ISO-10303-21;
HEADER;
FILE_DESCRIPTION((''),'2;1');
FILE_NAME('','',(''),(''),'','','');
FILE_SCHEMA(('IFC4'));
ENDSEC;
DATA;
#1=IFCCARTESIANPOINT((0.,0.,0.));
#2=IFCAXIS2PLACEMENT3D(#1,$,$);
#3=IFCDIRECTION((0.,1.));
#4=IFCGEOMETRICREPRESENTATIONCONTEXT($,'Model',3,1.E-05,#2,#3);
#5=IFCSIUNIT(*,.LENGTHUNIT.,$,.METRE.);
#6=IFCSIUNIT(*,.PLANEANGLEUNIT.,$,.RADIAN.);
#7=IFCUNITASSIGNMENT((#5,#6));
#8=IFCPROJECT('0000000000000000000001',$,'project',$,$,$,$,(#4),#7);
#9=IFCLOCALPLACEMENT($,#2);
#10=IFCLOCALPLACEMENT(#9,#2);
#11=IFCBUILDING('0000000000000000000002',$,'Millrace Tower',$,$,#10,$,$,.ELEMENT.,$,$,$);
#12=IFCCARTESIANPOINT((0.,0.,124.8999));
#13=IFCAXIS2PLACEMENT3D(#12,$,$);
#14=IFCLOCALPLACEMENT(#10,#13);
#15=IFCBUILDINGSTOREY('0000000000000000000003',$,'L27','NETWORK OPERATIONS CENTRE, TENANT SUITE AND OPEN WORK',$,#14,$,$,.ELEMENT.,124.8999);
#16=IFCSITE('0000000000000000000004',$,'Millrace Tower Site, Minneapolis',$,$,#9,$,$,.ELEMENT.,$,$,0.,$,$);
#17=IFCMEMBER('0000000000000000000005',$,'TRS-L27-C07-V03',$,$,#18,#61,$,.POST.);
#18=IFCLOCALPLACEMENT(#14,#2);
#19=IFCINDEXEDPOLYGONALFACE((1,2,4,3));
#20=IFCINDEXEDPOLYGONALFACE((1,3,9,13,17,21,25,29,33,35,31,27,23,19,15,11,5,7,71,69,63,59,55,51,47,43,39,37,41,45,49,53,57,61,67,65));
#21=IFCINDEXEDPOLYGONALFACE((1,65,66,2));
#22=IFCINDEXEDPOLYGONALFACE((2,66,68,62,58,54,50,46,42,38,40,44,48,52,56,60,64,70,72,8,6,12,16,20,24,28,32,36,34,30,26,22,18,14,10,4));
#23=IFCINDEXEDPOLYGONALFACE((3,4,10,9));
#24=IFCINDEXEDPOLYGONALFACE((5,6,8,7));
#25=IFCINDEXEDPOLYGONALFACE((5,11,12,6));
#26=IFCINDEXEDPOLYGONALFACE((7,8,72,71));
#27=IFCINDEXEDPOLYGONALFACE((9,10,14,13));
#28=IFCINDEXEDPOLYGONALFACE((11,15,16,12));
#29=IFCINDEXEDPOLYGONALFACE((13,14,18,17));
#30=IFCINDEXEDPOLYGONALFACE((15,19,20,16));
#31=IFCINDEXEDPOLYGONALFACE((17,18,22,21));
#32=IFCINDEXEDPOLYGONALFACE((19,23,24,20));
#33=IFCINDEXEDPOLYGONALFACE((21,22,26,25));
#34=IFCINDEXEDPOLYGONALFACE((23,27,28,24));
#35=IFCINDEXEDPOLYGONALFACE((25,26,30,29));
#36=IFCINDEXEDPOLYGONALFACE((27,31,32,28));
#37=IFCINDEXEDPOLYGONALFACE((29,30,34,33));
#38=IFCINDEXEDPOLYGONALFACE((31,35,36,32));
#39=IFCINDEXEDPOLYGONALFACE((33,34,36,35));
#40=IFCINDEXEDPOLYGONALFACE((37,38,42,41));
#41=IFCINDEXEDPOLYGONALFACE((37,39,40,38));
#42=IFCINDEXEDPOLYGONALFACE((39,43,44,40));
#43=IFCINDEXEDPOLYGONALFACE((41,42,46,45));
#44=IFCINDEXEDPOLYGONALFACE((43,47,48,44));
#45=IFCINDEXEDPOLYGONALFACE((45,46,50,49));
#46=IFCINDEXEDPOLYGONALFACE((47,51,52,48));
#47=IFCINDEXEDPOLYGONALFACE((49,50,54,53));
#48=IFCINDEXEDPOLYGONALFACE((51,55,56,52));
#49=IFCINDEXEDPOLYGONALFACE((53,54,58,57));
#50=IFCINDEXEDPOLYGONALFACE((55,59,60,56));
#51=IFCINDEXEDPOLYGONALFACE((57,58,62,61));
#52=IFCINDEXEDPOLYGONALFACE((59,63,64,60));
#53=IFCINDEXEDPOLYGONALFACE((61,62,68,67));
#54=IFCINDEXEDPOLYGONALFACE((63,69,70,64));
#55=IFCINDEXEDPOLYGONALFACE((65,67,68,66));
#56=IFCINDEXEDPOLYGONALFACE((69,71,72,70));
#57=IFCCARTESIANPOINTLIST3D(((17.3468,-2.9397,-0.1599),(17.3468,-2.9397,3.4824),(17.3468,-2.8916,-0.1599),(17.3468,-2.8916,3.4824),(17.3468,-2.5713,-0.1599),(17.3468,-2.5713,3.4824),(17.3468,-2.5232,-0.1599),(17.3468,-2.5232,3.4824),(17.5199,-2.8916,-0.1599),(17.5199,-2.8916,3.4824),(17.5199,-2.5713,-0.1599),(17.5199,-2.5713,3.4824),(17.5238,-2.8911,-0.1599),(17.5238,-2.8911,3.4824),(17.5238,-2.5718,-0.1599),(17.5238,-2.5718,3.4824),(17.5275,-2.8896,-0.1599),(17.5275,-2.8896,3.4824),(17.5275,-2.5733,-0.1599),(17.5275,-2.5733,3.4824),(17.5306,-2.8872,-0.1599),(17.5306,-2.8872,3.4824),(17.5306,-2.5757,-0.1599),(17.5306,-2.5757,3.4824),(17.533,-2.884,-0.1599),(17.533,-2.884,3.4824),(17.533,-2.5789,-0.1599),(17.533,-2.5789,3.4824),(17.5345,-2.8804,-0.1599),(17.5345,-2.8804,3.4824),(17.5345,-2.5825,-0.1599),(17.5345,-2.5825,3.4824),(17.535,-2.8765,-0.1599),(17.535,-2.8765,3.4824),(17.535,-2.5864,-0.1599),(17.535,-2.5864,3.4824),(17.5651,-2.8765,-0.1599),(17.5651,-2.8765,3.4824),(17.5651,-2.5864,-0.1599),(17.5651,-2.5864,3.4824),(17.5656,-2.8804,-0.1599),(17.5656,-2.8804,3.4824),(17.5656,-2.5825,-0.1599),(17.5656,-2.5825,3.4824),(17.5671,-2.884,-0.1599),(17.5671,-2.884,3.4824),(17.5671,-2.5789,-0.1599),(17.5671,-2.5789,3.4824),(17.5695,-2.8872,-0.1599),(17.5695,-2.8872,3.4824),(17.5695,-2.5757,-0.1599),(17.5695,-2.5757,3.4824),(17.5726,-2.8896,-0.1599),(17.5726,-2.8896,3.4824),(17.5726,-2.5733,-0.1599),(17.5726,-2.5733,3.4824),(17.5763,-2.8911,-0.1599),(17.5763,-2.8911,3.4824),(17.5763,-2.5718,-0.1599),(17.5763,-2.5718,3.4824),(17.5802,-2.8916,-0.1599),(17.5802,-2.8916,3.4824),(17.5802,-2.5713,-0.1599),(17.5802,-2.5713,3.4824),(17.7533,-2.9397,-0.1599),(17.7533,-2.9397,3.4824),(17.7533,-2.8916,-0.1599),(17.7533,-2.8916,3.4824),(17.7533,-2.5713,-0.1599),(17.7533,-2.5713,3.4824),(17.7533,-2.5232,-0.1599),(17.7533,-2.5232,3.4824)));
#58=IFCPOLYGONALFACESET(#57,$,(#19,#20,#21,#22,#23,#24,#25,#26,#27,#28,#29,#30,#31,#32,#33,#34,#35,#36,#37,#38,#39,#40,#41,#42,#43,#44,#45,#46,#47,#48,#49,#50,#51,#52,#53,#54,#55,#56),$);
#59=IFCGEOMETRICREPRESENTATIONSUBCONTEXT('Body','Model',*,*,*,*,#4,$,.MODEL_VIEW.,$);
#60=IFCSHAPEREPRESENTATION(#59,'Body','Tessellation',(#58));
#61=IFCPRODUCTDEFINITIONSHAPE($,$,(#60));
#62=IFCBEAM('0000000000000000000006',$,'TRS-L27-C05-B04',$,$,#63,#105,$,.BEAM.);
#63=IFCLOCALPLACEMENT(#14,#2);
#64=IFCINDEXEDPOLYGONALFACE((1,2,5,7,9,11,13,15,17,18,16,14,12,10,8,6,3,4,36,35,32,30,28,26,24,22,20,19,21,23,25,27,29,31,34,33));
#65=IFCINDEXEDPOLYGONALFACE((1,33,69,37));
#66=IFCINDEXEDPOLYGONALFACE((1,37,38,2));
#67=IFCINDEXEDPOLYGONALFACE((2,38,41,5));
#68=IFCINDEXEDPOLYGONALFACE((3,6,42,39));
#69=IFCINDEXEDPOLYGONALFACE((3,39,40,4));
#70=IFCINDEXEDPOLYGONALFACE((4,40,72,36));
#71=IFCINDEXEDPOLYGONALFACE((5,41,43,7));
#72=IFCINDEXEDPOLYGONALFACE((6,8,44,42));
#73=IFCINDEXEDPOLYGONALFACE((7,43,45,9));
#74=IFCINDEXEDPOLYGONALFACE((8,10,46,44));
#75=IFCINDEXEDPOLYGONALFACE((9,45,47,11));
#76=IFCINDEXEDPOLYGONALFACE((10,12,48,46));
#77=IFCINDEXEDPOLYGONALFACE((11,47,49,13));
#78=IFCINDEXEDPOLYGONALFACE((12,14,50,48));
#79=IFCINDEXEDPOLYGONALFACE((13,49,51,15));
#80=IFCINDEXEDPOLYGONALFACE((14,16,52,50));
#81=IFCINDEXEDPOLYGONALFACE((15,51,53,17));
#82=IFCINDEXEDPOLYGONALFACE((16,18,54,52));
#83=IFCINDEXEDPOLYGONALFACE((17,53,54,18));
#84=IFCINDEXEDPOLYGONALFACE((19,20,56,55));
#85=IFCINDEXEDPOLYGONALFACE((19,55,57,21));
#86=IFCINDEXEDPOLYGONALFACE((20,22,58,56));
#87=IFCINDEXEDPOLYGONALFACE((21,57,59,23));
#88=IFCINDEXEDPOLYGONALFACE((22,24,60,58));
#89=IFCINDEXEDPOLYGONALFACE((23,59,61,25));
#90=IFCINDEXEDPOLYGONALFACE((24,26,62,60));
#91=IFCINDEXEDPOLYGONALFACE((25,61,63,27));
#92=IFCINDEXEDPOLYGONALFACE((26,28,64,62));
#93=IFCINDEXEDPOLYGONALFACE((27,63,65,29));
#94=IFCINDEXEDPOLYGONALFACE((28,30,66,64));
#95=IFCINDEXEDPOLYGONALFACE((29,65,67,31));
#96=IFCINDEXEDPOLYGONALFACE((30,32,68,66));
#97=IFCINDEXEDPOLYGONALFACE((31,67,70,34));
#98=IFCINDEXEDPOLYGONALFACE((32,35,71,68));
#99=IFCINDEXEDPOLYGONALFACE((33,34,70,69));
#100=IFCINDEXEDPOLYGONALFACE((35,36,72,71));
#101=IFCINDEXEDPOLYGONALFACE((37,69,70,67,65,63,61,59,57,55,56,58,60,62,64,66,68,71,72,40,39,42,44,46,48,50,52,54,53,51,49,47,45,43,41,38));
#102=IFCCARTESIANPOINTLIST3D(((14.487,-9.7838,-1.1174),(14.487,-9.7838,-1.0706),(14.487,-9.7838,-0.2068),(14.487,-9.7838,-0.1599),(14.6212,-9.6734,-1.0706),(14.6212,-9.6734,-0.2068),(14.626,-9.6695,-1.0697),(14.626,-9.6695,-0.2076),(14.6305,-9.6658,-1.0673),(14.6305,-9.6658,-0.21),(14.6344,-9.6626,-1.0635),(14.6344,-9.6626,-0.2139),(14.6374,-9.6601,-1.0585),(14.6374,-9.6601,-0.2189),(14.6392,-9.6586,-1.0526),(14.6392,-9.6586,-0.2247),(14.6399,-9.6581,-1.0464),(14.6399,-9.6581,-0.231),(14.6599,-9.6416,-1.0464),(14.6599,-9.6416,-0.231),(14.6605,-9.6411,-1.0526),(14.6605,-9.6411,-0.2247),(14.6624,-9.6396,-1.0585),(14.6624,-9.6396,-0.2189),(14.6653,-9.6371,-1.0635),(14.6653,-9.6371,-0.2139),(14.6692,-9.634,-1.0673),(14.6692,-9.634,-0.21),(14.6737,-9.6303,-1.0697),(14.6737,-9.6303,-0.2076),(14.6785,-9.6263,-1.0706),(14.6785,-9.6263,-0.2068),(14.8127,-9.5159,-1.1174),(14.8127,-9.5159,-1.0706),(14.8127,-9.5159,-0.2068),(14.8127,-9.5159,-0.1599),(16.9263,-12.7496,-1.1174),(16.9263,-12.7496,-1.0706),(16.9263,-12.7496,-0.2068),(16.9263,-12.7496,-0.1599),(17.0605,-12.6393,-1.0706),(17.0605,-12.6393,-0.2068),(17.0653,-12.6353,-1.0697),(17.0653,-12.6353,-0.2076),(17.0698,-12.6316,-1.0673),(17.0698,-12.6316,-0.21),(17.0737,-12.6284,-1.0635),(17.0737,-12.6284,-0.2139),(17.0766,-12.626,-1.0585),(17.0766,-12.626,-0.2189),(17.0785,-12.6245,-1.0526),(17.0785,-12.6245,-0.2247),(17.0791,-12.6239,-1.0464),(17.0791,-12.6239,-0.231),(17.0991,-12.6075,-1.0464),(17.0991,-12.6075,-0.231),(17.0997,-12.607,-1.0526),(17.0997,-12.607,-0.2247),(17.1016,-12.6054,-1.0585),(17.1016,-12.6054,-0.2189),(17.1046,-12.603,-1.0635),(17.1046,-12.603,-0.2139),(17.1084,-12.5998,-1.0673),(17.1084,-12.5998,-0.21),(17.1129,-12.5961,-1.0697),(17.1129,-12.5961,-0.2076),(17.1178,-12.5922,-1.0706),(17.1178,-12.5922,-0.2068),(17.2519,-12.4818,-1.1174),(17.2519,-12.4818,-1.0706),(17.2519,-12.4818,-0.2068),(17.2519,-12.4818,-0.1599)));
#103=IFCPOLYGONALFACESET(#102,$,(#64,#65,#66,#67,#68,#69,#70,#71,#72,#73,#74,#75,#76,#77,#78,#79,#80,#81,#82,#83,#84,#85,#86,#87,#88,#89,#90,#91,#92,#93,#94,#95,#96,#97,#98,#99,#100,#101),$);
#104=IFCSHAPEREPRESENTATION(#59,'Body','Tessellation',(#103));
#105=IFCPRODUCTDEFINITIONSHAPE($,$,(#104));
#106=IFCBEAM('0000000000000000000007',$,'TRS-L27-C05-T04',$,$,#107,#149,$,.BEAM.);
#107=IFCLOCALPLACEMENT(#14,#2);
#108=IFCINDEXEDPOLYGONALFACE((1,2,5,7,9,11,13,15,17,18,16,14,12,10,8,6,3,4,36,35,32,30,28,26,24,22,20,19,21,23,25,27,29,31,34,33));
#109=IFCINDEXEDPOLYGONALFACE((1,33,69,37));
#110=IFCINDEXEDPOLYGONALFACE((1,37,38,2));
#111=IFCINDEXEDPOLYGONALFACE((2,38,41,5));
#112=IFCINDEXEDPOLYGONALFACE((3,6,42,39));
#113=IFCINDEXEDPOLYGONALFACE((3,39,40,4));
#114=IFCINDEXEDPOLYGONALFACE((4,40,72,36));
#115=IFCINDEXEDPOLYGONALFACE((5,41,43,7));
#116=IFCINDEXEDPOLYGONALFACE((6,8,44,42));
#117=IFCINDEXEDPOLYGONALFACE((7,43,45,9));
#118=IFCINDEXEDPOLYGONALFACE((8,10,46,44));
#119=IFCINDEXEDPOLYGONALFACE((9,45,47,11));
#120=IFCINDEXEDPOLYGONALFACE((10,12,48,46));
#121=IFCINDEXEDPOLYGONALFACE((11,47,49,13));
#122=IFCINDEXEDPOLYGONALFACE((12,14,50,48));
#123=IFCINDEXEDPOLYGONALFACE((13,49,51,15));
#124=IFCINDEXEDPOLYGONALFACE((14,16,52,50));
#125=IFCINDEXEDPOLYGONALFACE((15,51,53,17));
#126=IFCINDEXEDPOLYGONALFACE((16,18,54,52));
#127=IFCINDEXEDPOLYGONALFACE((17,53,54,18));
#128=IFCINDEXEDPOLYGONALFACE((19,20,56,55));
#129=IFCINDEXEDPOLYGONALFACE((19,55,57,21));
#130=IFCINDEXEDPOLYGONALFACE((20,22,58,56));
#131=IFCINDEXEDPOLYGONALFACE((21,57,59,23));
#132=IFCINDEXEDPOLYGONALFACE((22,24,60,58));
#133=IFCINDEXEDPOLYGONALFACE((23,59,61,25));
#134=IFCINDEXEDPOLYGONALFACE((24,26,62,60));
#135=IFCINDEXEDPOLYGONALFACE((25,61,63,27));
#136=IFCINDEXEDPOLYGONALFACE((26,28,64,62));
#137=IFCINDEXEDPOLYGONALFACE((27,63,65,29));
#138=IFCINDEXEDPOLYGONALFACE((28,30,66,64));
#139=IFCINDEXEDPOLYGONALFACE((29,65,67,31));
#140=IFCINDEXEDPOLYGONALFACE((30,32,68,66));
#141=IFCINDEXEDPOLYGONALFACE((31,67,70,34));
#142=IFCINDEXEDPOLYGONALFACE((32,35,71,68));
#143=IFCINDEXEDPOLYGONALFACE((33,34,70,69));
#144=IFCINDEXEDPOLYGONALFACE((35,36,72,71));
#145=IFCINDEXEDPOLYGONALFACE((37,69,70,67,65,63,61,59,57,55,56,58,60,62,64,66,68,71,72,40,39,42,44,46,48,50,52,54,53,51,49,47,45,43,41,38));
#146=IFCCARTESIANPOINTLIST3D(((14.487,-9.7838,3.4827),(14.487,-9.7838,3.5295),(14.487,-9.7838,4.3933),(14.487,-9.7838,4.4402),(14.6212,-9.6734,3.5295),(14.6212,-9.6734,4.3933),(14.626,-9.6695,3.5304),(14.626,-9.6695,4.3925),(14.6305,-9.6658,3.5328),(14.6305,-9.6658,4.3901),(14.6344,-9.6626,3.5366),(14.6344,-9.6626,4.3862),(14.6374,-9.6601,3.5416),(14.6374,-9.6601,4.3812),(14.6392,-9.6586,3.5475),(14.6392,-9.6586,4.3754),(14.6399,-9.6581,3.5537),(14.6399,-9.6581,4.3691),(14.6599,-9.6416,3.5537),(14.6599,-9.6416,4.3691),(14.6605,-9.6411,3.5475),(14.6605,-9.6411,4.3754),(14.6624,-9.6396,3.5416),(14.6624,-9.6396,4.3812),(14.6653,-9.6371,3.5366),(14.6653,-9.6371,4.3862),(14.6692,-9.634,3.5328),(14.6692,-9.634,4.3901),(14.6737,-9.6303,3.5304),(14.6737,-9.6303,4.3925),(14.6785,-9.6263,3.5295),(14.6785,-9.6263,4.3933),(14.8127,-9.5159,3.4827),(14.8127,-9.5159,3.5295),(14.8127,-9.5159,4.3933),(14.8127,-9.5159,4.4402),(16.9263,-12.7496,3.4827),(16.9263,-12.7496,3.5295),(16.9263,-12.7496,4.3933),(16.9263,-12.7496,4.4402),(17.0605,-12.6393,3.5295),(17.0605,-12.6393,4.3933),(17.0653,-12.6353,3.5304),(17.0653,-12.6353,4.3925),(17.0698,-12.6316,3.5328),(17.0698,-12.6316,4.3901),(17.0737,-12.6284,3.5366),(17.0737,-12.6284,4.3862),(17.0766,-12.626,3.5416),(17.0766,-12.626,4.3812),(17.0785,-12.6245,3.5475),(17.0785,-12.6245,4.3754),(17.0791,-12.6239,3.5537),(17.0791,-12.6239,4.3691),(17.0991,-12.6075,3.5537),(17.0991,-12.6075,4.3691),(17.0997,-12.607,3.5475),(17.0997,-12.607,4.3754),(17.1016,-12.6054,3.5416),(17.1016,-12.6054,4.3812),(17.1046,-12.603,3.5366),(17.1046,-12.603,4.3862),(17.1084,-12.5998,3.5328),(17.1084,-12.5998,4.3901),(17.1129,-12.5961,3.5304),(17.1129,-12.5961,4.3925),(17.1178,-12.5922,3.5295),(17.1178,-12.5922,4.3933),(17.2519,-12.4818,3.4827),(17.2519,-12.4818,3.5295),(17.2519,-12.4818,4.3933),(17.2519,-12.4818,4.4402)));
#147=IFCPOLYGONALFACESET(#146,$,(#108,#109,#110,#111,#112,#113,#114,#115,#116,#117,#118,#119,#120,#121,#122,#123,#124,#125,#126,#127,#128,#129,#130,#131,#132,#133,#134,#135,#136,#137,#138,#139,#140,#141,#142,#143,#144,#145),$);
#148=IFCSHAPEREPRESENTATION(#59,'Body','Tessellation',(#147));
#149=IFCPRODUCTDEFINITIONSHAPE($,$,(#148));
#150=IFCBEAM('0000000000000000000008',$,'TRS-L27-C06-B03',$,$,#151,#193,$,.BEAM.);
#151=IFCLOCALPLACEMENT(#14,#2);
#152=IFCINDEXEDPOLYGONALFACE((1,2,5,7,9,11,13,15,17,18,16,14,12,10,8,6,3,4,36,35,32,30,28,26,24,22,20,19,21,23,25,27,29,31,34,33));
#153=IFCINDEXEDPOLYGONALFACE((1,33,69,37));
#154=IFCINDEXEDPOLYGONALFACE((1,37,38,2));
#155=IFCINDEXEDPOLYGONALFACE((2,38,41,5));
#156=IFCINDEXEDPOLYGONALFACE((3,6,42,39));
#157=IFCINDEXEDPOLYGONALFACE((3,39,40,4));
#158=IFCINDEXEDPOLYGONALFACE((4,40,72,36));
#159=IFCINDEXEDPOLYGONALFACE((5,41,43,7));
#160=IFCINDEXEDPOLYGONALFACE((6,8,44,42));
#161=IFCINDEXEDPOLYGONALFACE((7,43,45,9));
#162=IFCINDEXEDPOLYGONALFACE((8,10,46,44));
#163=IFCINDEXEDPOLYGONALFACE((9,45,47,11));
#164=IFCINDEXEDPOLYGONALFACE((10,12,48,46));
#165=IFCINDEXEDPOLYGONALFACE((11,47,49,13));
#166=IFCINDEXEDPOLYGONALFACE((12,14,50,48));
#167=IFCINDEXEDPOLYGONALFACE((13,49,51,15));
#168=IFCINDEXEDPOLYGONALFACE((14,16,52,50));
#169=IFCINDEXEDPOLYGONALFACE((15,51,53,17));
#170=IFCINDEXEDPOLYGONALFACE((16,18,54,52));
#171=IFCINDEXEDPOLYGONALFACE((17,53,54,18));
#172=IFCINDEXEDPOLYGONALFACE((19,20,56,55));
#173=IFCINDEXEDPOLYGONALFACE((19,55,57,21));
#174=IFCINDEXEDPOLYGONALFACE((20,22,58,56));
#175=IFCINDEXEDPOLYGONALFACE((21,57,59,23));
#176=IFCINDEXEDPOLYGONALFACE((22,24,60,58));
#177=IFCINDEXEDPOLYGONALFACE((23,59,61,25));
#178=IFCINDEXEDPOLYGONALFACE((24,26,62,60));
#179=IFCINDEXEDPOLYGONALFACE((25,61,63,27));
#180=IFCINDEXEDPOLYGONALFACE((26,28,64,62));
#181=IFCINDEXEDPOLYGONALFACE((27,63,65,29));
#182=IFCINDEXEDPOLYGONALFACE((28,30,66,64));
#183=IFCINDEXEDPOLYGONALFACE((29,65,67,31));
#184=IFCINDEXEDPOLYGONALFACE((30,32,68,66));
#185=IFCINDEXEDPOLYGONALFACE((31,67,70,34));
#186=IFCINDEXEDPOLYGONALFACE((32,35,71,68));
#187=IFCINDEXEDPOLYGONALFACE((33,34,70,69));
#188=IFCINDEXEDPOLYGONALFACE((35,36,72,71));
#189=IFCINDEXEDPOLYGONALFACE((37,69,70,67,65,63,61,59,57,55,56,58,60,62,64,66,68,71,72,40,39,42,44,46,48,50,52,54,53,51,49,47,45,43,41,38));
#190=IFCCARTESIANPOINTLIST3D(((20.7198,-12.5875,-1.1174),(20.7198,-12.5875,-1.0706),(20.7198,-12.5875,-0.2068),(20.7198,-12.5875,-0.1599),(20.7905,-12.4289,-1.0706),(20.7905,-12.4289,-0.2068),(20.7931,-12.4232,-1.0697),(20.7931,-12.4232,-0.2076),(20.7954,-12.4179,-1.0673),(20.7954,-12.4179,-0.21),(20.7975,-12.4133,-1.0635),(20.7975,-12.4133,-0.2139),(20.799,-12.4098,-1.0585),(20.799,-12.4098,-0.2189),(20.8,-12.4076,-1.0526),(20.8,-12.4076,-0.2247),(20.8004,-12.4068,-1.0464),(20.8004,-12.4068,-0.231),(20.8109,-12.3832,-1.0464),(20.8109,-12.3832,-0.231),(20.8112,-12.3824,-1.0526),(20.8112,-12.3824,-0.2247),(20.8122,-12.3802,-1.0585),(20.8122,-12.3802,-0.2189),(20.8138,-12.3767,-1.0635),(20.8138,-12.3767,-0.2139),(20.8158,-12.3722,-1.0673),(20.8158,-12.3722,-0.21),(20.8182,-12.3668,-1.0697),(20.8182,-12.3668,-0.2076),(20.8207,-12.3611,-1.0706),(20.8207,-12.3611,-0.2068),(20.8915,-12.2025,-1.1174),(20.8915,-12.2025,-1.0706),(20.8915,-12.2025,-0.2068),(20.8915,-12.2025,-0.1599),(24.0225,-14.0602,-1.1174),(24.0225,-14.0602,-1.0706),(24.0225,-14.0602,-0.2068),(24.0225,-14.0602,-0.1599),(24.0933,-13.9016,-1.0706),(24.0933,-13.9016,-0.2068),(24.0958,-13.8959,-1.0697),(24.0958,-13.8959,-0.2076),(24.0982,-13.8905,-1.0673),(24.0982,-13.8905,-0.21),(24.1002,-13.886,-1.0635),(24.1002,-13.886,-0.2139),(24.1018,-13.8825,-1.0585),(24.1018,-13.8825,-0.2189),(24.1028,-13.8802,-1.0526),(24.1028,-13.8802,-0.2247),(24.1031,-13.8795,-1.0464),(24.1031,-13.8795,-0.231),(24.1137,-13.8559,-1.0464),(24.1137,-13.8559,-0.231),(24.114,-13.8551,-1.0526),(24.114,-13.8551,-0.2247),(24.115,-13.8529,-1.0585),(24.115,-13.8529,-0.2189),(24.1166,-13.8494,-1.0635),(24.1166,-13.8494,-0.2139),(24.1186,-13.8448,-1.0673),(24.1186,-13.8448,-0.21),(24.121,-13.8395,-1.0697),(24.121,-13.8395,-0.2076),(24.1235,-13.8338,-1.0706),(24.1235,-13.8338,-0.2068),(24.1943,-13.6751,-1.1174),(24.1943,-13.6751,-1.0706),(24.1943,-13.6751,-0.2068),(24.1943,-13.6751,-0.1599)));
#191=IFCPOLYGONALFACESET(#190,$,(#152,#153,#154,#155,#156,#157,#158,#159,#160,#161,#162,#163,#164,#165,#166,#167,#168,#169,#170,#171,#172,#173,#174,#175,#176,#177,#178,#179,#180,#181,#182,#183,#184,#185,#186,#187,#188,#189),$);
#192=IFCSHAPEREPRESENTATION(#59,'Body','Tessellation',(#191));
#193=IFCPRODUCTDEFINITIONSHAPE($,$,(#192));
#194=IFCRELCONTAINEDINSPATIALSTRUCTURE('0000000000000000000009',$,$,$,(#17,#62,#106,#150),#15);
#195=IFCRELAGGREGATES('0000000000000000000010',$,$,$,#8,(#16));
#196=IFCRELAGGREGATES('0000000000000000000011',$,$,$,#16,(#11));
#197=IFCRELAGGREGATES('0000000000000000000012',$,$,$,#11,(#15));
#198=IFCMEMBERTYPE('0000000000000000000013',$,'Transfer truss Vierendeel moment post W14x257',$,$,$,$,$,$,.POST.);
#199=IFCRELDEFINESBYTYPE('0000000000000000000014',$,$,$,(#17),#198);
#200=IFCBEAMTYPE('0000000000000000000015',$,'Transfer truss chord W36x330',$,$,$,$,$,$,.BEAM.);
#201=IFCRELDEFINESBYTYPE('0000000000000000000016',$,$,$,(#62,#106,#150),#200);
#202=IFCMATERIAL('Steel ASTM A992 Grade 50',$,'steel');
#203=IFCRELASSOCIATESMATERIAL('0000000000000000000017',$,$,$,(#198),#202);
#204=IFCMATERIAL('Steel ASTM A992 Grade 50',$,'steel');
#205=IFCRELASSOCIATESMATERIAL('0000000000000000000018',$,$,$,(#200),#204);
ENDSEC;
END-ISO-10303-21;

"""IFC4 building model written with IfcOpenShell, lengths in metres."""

from ifc_helpers import new_model, si_unit, direction, frame, origin, origin_2d, place, context, subcontext, project, spatial, i_section, extrude, material, material_profile, profile_set, type_object, element, save


model = new_model("IFC4")

# Units and contexts
model_context = context("Model", 3, precision=1e-05, world=origin(), true_north=direction((0.0, 1.0)))
body_context = subcontext(model_context, "Body", "Model", "MODEL_VIEW")
ifc_project = project(units=[si_unit("LENGTHUNIT", "METRE"), si_unit("PLANEANGLEUNIT", "RADIAN")], contexts=[model_context])

# Site, building, storey
site_placement = place(None, origin())
site = spatial("IfcSite", under=ifc_project, at=site_placement, Name="Millrace Tower Site, Minneapolis", CompositionType="ELEMENT", RefElevation=0.0)
building_placement = place(site_placement, origin())
building = spatial("IfcBuilding", under=site, at=building_placement, Name="Millrace Tower", CompositionType="ELEMENT")
storey_placement = place(building_placement, frame((0.0, 0.0, 124.8999)))
storey = spatial("IfcBuildingStorey", under=building, at=storey_placement, Name="L27", Description="NETWORK OPERATIONS CENTRE, TENANT SUITE AND OPEN WORK", CompositionType="ELEMENT", Elevation=124.8999)

# Member
ifc_material_1 = material(Name="Steel ASTM A992 Grade 50", Category="steel")
ifc_material_profile_1 = material_profile(ifc_material_1, i_section(OverallWidth=0.4065, OverallDepth=0.4165, WebThickness=0.03, FlangeThickness=0.0481, FilletRadius=0.0151, at=origin_2d()))
ifc_profile_set_1 = profile_set([ifc_material_profile_1], Name="Steel ASTM A992 Grade 50")
member_type = type_object("IfcMemberType", Name="Transfer truss Vierendeel moment post W14x257", PredefinedType="POST", material=ifc_profile_set_1)
for number, where, z_axis, x_axis, name in (
    (1, (17.55, -2.7314, -0.1599), (0.0, 0.0, 1.0), (1.0, 0.0, 0.0), "TRS-L27-C07-V03"),
):
    element("IfcMember", number, at=place(storey_placement, frame(where, z_axis=z_axis, x_axis=x_axis)), inside=storey, type_object=member_type, Name=name, PredefinedType="POST", context=body_context, shape_type="SweptSolid", body=[
        extrude(i_section(OverallWidth=0.4065, OverallDepth=0.4165, WebThickness=0.03, FlangeThickness=0.0481, FilletRadius=0.0151, at=origin_2d()), origin(), (0.0, 0.0, 1.0), 3.6423),
    ])

# Beams
ifc_material_2 = material(Name="Steel ASTM A992 Grade 50", Category="steel")
ifc_material_profile_2 = material_profile(ifc_material_2, i_section(OverallWidth=0.4216, OverallDepth=0.9575, WebThickness=0.0259, FlangeThickness=0.0469, FilletRadius=0.0242, at=origin_2d()))
ifc_profile_set_2 = profile_set([ifc_material_profile_2], Name="Steel ASTM A992 Grade 50")
beam_type_1 = type_object("IfcBeamType", Name="Transfer truss chord W36x330", PredefinedType="BEAM", material=ifc_profile_set_2)
for number, where, z_axis, x_axis, name in (
    (2, (17.0891, -12.6157, -0.6387), (-0.635206, 0.772343, 0.0), (-0.772343, -0.635206, 0.0), "TRS-L27-C05-B04"),
    (3, (17.0891, -12.6157, 3.9614), (-0.635206, 0.772343, 0.0), (-0.772343, -0.635206, 0.0), "TRS-L27-C05-T04"),
):
    element("IfcBeam", number, at=place(storey_placement, frame(where, z_axis=z_axis, x_axis=x_axis)), inside=storey, type_object=beam_type_1, Name=name, PredefinedType="BEAM", context=body_context, shape_type="SweptSolid", body=[
        extrude(i_section(OverallWidth=0.4216, OverallDepth=0.9575, WebThickness=0.0259, FlangeThickness=0.0469, FilletRadius=0.0242, at=origin_2d()), origin(), (0.0, 0.0, 1.0), 3.8401),
    ])
for number, where, z_axis, x_axis, name in (
    (4, (24.1084, -13.8677, -0.6387), (-0.913321, 0.407241, 0.0), (-0.407241, -0.913321, 0.0), "TRS-L27-C06-B03"),
):
    element("IfcBeam", number, at=place(storey_placement, frame(where, z_axis=z_axis, x_axis=x_axis)), inside=storey, type_object=beam_type_1, Name=name, PredefinedType="BEAM", context=body_context, shape_type="SweptSolid", body=[
        extrude(i_section(OverallWidth=0.4216, OverallDepth=0.9575, WebThickness=0.0259, FlangeThickness=0.0469, FilletRadius=0.0242, at=origin_2d()), origin(), (0.0, 0.0, 1.0), 3.6162),
    ])

save(model, "model.ifc")
